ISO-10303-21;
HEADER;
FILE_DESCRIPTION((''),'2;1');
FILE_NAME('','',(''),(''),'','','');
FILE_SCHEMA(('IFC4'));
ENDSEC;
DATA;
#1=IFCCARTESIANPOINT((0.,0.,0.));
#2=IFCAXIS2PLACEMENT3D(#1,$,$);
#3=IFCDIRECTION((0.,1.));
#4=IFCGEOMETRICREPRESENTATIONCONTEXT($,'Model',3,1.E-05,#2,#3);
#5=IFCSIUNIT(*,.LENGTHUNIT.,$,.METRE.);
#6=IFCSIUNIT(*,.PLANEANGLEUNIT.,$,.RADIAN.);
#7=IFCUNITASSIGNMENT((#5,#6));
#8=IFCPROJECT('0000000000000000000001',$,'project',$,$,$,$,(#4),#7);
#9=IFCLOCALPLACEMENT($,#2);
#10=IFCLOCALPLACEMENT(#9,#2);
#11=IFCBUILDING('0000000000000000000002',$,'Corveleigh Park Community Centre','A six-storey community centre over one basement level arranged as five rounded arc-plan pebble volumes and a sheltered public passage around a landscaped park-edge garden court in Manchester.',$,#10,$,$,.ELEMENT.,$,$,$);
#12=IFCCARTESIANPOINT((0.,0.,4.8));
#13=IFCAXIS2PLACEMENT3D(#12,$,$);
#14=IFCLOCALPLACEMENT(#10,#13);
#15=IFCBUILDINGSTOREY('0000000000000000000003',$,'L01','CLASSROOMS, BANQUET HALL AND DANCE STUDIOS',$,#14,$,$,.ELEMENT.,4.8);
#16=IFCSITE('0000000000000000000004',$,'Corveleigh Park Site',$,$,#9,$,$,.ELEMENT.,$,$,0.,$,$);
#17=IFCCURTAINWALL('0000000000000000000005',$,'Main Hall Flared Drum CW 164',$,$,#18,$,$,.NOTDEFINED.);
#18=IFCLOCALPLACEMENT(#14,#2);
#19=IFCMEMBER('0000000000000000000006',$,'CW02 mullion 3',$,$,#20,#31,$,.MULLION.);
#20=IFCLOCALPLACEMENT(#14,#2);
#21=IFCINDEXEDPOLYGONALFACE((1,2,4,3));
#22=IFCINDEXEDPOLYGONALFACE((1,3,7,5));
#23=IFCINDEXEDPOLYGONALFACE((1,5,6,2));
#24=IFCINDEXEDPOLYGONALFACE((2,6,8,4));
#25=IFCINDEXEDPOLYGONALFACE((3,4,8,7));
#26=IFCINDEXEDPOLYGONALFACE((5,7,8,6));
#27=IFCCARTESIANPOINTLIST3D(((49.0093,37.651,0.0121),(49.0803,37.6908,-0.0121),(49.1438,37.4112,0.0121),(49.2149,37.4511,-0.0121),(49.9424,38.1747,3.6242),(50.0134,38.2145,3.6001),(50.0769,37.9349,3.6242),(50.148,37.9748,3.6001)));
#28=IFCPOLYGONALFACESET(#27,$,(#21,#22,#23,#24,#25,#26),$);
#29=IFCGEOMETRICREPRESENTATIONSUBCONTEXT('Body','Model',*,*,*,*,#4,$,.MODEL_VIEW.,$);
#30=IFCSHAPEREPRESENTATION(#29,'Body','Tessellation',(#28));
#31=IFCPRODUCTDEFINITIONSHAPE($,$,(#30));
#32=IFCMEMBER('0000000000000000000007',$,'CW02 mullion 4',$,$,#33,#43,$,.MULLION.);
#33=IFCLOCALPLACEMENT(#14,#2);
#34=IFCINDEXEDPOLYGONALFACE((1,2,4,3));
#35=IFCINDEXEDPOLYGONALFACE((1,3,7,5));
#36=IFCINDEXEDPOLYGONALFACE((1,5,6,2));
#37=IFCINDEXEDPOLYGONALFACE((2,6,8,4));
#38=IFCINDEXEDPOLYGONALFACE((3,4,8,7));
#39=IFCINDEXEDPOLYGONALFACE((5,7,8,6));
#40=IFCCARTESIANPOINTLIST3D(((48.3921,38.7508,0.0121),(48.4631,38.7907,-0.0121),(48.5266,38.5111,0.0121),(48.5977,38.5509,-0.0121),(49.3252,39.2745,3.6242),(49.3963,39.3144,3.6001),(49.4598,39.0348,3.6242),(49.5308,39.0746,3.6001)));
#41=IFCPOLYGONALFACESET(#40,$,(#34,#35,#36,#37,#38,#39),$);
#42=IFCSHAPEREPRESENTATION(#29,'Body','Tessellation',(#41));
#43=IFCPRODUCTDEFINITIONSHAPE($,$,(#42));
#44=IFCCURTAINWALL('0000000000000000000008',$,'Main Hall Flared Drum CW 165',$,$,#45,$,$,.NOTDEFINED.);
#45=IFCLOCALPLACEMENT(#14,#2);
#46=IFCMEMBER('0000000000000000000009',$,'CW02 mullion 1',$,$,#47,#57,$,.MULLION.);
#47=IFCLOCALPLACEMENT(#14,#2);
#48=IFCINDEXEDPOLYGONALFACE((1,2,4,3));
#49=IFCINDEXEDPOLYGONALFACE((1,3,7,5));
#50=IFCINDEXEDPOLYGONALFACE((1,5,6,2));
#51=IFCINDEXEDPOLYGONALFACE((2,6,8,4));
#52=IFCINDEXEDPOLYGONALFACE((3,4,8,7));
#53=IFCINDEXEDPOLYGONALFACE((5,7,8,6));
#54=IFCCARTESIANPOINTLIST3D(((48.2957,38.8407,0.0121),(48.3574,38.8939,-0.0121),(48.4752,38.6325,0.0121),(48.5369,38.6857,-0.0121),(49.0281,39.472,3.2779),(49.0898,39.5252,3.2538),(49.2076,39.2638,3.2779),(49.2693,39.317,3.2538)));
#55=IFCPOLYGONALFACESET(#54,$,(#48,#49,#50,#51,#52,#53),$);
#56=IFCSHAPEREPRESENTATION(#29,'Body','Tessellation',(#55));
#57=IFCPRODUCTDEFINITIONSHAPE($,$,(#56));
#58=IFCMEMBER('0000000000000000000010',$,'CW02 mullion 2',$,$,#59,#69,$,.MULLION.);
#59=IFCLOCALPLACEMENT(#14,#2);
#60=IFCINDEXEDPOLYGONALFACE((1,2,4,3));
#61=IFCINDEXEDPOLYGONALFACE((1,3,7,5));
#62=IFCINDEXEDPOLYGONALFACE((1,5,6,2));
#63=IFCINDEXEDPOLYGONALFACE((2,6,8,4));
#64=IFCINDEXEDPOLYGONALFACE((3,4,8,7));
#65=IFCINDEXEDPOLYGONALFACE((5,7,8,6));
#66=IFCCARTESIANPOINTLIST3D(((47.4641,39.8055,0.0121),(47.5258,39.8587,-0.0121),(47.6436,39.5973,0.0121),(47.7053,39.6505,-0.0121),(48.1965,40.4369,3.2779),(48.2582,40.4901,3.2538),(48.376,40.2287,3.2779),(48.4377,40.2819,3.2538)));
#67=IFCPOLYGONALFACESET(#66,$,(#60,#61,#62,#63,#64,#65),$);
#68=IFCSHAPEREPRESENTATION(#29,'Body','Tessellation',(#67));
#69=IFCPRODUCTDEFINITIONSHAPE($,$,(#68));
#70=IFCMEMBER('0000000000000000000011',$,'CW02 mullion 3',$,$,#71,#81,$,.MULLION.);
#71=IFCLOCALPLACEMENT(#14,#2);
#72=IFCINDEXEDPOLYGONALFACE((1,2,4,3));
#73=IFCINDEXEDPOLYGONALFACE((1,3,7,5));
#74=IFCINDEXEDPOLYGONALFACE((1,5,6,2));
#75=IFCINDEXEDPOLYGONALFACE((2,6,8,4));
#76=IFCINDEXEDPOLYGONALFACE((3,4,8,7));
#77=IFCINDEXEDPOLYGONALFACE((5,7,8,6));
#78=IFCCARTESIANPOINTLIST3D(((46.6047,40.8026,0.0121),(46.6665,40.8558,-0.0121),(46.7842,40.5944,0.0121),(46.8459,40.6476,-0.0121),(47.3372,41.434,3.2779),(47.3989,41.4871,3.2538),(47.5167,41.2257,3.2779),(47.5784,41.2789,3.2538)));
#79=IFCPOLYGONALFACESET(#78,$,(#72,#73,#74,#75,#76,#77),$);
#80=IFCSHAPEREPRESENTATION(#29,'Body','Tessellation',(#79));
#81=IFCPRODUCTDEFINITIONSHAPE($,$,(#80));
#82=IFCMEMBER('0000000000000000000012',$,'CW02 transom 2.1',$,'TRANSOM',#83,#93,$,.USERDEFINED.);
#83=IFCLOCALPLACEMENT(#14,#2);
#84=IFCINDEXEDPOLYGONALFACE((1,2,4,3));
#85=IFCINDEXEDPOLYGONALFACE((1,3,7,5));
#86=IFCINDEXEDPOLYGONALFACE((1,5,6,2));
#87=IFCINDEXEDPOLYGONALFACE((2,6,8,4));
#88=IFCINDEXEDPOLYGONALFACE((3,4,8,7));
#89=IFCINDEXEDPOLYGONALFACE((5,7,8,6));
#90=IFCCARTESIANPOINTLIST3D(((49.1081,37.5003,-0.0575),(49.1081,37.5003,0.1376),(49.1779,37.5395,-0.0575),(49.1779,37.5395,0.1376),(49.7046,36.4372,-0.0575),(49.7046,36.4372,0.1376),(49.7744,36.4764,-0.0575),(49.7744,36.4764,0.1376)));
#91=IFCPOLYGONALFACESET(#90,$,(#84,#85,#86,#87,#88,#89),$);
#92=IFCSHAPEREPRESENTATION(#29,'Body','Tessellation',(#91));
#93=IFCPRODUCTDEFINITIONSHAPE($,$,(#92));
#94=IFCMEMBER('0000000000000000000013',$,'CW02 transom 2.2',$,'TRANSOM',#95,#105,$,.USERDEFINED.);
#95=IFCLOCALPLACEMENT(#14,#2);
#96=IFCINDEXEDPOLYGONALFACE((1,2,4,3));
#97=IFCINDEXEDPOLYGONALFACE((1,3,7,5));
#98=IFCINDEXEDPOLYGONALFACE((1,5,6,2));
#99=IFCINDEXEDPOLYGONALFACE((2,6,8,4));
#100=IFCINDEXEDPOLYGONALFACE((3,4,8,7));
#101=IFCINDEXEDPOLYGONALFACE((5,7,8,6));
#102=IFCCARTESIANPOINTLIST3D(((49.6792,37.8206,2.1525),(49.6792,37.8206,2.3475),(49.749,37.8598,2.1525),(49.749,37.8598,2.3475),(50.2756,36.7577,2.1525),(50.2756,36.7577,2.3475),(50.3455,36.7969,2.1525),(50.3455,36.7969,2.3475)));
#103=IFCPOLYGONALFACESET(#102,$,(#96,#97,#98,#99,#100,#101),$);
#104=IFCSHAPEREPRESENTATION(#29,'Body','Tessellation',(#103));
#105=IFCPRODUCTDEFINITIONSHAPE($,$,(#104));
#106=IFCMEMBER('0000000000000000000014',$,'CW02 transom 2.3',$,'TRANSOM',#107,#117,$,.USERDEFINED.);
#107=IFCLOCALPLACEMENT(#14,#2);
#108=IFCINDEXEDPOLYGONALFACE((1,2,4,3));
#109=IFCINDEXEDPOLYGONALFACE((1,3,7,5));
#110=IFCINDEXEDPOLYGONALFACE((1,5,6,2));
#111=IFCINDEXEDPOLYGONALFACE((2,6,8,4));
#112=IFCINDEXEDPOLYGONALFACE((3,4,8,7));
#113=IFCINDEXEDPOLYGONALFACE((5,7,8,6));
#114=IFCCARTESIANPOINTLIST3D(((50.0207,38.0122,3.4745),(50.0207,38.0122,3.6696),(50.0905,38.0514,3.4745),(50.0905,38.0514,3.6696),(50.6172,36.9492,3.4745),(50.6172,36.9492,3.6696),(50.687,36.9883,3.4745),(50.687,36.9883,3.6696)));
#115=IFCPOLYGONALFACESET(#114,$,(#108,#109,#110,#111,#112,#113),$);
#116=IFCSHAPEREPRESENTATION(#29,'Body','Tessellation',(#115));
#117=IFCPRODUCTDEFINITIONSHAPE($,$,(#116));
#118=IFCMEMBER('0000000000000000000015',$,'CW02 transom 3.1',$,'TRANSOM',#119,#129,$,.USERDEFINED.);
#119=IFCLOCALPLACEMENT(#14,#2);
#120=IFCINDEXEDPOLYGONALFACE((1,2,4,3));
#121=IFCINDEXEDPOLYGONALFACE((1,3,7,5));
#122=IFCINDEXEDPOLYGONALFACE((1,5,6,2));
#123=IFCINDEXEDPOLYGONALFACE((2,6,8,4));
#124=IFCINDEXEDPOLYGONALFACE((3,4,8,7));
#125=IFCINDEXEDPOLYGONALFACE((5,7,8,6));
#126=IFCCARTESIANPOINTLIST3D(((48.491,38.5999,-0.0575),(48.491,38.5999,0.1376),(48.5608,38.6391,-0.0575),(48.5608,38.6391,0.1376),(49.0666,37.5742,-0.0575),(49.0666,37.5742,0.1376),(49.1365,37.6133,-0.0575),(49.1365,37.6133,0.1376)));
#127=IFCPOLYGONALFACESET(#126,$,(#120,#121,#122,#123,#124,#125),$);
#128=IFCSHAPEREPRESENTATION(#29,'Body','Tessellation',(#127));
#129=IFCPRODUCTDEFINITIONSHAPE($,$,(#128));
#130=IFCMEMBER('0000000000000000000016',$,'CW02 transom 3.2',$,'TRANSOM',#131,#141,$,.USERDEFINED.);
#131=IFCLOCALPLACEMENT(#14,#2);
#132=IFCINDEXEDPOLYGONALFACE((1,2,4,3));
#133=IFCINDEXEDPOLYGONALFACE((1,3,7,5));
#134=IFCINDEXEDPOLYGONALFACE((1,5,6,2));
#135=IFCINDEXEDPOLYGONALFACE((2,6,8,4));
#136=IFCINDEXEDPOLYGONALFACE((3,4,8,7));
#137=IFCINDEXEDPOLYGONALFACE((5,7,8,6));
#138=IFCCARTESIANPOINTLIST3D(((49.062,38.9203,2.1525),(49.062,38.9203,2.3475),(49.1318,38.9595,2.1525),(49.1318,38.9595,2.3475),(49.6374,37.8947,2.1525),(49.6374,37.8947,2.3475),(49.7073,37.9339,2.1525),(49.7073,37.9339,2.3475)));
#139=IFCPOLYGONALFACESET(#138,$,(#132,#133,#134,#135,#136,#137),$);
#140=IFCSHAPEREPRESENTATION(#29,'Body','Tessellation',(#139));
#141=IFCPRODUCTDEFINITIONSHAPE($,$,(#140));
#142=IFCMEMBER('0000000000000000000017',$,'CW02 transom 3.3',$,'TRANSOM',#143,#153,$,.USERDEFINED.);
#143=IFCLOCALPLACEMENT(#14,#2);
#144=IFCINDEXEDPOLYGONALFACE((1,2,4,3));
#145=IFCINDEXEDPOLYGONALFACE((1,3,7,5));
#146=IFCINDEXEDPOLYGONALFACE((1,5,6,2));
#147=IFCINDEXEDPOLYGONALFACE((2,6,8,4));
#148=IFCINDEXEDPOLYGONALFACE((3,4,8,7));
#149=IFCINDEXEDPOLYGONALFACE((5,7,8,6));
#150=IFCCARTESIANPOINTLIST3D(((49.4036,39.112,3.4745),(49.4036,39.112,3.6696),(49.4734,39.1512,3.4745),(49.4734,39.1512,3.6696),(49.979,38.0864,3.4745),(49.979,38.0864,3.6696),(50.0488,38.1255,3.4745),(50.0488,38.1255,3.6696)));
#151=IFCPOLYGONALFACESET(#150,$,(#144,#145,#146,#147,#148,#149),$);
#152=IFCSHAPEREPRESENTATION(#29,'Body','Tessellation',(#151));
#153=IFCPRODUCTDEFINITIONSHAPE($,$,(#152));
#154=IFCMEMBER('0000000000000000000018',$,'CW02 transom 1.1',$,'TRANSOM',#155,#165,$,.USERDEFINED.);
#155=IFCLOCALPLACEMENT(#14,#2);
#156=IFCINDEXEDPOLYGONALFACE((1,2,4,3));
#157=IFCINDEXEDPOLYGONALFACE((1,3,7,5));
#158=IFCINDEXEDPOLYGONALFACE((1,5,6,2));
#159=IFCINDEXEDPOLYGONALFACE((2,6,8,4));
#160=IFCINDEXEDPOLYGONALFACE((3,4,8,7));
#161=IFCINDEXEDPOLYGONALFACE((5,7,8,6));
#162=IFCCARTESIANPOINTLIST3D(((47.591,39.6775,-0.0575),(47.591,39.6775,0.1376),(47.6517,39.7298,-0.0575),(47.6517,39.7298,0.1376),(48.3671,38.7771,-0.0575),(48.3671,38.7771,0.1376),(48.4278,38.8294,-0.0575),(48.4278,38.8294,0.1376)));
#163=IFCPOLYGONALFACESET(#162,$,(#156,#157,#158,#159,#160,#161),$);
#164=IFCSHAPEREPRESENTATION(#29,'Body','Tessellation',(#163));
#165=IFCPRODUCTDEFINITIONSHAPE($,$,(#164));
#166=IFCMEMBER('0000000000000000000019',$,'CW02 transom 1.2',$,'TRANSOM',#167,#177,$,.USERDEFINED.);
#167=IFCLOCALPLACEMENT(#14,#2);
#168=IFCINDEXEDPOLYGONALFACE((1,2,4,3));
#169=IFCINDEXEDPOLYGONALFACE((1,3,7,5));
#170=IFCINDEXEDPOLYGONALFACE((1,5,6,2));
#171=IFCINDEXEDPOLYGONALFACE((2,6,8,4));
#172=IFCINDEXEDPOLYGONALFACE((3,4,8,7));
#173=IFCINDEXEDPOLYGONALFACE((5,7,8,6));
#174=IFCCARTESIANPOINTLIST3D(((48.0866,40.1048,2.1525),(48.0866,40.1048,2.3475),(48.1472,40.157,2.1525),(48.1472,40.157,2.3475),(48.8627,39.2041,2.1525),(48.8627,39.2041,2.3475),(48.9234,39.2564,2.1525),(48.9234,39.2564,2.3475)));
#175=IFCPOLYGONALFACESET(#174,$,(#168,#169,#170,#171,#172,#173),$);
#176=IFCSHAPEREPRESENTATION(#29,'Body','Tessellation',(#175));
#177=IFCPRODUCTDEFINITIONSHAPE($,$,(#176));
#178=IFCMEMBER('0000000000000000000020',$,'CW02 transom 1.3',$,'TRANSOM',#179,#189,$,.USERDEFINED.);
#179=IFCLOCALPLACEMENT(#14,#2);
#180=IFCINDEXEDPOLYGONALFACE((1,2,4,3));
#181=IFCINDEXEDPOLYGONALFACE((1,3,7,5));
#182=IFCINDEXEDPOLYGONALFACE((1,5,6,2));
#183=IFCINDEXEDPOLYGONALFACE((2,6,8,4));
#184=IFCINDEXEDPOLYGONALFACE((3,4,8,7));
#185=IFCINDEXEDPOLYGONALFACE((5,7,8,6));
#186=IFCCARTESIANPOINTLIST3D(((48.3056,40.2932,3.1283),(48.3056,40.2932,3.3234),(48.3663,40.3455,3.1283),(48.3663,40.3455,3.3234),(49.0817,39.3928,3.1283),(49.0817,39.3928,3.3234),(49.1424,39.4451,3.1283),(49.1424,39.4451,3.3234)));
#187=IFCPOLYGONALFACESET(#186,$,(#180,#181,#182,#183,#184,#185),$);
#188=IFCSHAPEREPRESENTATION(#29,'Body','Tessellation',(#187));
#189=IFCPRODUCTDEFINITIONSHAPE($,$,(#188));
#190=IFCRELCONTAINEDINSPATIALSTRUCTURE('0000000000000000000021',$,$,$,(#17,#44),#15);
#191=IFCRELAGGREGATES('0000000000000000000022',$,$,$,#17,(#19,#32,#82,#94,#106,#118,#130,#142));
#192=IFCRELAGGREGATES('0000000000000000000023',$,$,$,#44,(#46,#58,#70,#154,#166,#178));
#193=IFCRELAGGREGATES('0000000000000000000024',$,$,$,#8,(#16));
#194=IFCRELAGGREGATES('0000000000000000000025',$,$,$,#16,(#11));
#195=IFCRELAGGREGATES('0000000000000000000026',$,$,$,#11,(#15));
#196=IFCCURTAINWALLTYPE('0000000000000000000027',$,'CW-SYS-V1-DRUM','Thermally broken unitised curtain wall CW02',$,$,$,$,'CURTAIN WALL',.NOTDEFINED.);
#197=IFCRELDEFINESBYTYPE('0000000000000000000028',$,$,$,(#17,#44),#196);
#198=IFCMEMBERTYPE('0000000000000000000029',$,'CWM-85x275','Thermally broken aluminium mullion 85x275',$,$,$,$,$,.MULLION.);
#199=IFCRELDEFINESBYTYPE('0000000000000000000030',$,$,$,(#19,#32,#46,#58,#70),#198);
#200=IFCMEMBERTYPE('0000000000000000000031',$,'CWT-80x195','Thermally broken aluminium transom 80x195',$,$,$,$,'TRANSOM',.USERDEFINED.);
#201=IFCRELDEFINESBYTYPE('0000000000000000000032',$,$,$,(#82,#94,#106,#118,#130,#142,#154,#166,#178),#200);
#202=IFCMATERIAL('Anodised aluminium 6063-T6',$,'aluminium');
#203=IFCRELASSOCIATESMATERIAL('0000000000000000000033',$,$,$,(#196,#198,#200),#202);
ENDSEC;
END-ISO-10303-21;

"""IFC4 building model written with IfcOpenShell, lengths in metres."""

from ifc_helpers import new_model, si_unit, direction, frame, origin, origin_2d, place, context, subcontext, project, spatial, rectangle, extrude, material, material_profile, profile_set, type_object, element, aggregate, save


model = new_model("IFC4")

# Units and contexts
model_context = context("Model", 3, precision=1e-05, world=origin(), true_north=direction((0.0, 1.0)))
body_context = subcontext(model_context, "Body", "Model", "MODEL_VIEW")
ifc_project = project(units=[si_unit("LENGTHUNIT", "METRE"), si_unit("PLANEANGLEUNIT", "RADIAN")], contexts=[model_context])

# Site, building, storey
site_placement = place(None, origin())
site = spatial("IfcSite", under=ifc_project, at=site_placement, Name="Corveleigh Park Site", CompositionType="ELEMENT", RefElevation=0.0)
building_placement = place(site_placement, origin())
building = spatial("IfcBuilding", under=site, at=building_placement, Name="Corveleigh Park Community Centre", Description="A six-storey community centre over one basement level arranged as five rounded arc-plan pebble volumes and a sheltered public passage around a landscaped park-edge garden court in Manchester.", CompositionType="ELEMENT")
storey_placement = place(building_placement, frame((0.0, 0.0, 4.8)))
storey = spatial("IfcBuildingStorey", under=building, at=storey_placement, Name="L01", Description="CLASSROOMS, BANQUET HALL AND DANCE STUDIOS", CompositionType="ELEMENT", Elevation=4.8)

# Curtain walls, members
ifc_material_1 = material(Name="Anodised aluminium 6063-T6", Category="aluminium")
curtain_wall_type = type_object("IfcCurtainWallType", Name="CW-SYS-V1-DRUM", Description="Thermally broken unitised curtain wall CW02", ElementType="CURTAIN WALL", PredefinedType="NOTDEFINED", material=ifc_material_1)
curtain_wall_1_placement = place(storey_placement, origin())
curtain_wall_1 = element("IfcCurtainWall", 1, at=curtain_wall_1_placement, inside=storey, type_object=curtain_wall_type, Name="Main Hall Flared Drum CW 164", PredefinedType="NOTDEFINED")
ifc_material_profile_1 = material_profile(ifc_material_1, rectangle(XDim=0.085, YDim=0.2749, at=origin_2d()), Name="ALU-M85x275", Category="aluminium")
ifc_profile_set_1 = profile_set([ifc_material_profile_1], Name="Anodised aluminium 6063-T6")
member_type_1 = type_object("IfcMemberType", Name="CWM-85x275", Description="Thermally broken aluminium mullion 85x275", PredefinedType="MULLION", material=ifc_profile_set_1)
member_1_placement = place(storey_placement, frame((49.1121, 37.551, 0.0), z_axis=(0.247691, 0.13901, 0.958815), x_axis=(-0.836135, -0.469259, 0.284033)))
member_1 = element("IfcMember", 2, at=member_1_placement, type_object=member_type_1, Name="CW02 mullion 3", PredefinedType="MULLION", context=body_context, shape_type="SweptSolid", body=[
    extrude(rectangle(XDim=0.085, YDim=0.2749, at=origin_2d()), origin(), (0.0, 0.0, 1.0), 3.7673),
])
member_2_placement = place(storey_placement, frame((48.4949, 38.6509, 0.0), z_axis=(0.247691, 0.13901, 0.958815), x_axis=(-0.836135, -0.469259, 0.284033)))
member_2 = element("IfcMember", 3, at=member_2_placement, type_object=member_type_1, Name="CW02 mullion 4", PredefinedType="MULLION", context=body_context, shape_type="SweptSolid", body=[
    extrude(rectangle(XDim=0.085, YDim=0.2749, at=origin_2d()), origin(), (0.0, 0.0, 1.0), 3.7673),
])
curtain_wall_2_placement = place(storey_placement, origin())
curtain_wall_2 = element("IfcCurtainWall", 4, at=curtain_wall_2_placement, inside=storey, type_object=curtain_wall_type, Name="Main Hall Flared Drum CW 165", PredefinedType="NOTDEFINED")
member_3_placement = place(storey_placement, frame((48.4163, 38.7632, 0.0), z_axis=(0.215038, 0.185363, 0.958853), x_axis=(-0.72627, -0.626045, 0.283902)))
member_3 = element("IfcMember", 5, at=member_3_placement, type_object=member_type_1, Name="CW02 mullion 1", PredefinedType="MULLION", context=body_context, shape_type="SweptSolid", body=[
    extrude(rectangle(XDim=0.085, YDim=0.2749, at=origin_2d()), origin(), (0.0, 0.0, 1.0), 3.406),
])
member_4_placement = place(storey_placement, frame((47.5847, 39.728, 0.0), z_axis=(0.215038, 0.185363, 0.958853), x_axis=(-0.72627, -0.626045, 0.283902)))
member_4 = element("IfcMember", 6, at=member_4_placement, type_object=member_type_1, Name="CW02 mullion 2", PredefinedType="MULLION", context=body_context, shape_type="SweptSolid", body=[
    extrude(rectangle(XDim=0.085, YDim=0.2749, at=origin_2d()), origin(), (0.0, 0.0, 1.0), 3.406),
])
member_5_placement = place(storey_placement, frame((46.7253, 40.7251, 0.0), z_axis=(0.215038, 0.185363, 0.958853), x_axis=(-0.72627, -0.626045, 0.283902)))
member_5 = element("IfcMember", 7, at=member_5_placement, type_object=member_type_1, Name="CW02 mullion 3", PredefinedType="MULLION", context=body_context, shape_type="SweptSolid", body=[
    extrude(rectangle(XDim=0.085, YDim=0.2749, at=origin_2d()), origin(), (0.0, 0.0, 1.0), 3.406),
])

# Members
ifc_material_profile_2 = material_profile(ifc_material_1, rectangle(XDim=0.0801, YDim=0.1951, at=origin_2d()), Name="ALU-T80x195", Category="aluminium")
ifc_profile_set_2 = profile_set([ifc_material_profile_2], Name="Anodised aluminium 6063-T6")
member_type_2 = type_object("IfcMemberType", Name="CWT-80x195", Description="Thermally broken aluminium transom 80x195", ElementType="TRANSOM", PredefinedType="USERDEFINED", material=ifc_profile_set_2)
member_6_placement = place(storey_placement, frame((49.7395, 36.4568, 0.04), z_axis=(-0.489329, 0.872099, 0.0), x_axis=(-0.872099, -0.489329, 0.0)))
member_6 = element("IfcMember", 8, at=member_6_placement, type_object=member_type_2, Name="CW02 transom 2.1", ObjectType="TRANSOM", PredefinedType="USERDEFINED", context=body_context, shape_type="SweptSolid", body=[
    extrude(rectangle(XDim=0.0801, YDim=0.1951, at=origin_2d()), origin(), (0.0, 0.0, 1.0), 1.219),
])
member_7_placement = place(storey_placement, frame((50.3105, 36.7773, 2.25), z_axis=(-0.489414, 0.872051, 0.0), x_axis=(-0.872051, -0.489414, 0.0)))
member_7 = element("IfcMember", 9, at=member_7_placement, type_object=member_type_2, Name="CW02 transom 2.2", ObjectType="TRANSOM", PredefinedType="USERDEFINED", context=body_context, shape_type="SweptSolid", body=[
    extrude(rectangle(XDim=0.0801, YDim=0.1951, at=origin_2d()), origin(), (0.0, 0.0, 1.0), 1.2188),
])
member_8_placement = place(storey_placement, frame((50.6521, 36.9688, 3.572), z_axis=(-0.489329, 0.872099, 0.0), x_axis=(-0.872099, -0.489329, 0.0)))
member_8 = element("IfcMember", 10, at=member_8_placement, type_object=member_type_2, Name="CW02 transom 2.3", ObjectType="TRANSOM", PredefinedType="USERDEFINED", context=body_context, shape_type="SweptSolid", body=[
    extrude(rectangle(XDim=0.0801, YDim=0.1951, at=origin_2d()), origin(), (0.0, 0.0, 1.0), 1.219),
])
member_9_placement = place(storey_placement, frame((49.1016, 37.5938, 0.04), z_axis=(-0.489374, 0.872074, 0.0), x_axis=(-0.872074, -0.489374, 0.0)))
member_9 = element("IfcMember", 11, at=member_9_placement, type_object=member_type_2, Name="CW02 transom 3.1", ObjectType="TRANSOM", PredefinedType="USERDEFINED", context=body_context, shape_type="SweptSolid", body=[
    extrude(rectangle(XDim=0.0801, YDim=0.1951, at=origin_2d()), origin(), (0.0, 0.0, 1.0), 1.1763),
])
member_10_placement = place(storey_placement, frame((49.6724, 37.9143, 2.25), z_axis=(-0.489305, 0.872113, 0.0), x_axis=(-0.872113, -0.489305, 0.0)))
member_10 = element("IfcMember", 12, at=member_10_placement, type_object=member_type_2, Name="CW02 transom 3.2", ObjectType="TRANSOM", PredefinedType="USERDEFINED", context=body_context, shape_type="SweptSolid", body=[
    extrude(rectangle(XDim=0.0801, YDim=0.1951, at=origin_2d()), origin(), (0.0, 0.0, 1.0), 1.176),
])
member_11_placement = place(storey_placement, frame((50.0139, 38.106, 3.572), z_axis=(-0.489305, 0.872113, 0.0), x_axis=(-0.872113, -0.489305, 0.0)))
member_11 = element("IfcMember", 13, at=member_11_placement, type_object=member_type_2, Name="CW02 transom 3.3", ObjectType="TRANSOM", PredefinedType="USERDEFINED", context=body_context, shape_type="SweptSolid", body=[
    extrude(rectangle(XDim=0.0801, YDim=0.1951, at=origin_2d()), origin(), (0.0, 0.0, 1.0), 1.176),
])
member_12_placement = place(storey_placement, frame((48.3975, 38.8032, 0.04), z_axis=(-0.652903, 0.757441, 0.0), x_axis=(-0.757441, -0.652903, 0.0)))
member_12 = element("IfcMember", 14, at=member_12_placement, type_object=member_type_2, Name="CW02 transom 1.1", ObjectType="TRANSOM", PredefinedType="USERDEFINED", context=body_context, shape_type="SweptSolid", body=[
    extrude(rectangle(XDim=0.0801, YDim=0.1951, at=origin_2d()), origin(), (0.0, 0.0, 1.0), 1.1887),
])
member_13_placement = place(storey_placement, frame((48.8931, 39.2302, 2.25), z_axis=(-0.652801, 0.757529, 0.0), x_axis=(-0.757529, -0.652801, 0.0)))
member_13 = element("IfcMember", 15, at=member_13_placement, type_object=member_type_2, Name="CW02 transom 1.2", ObjectType="TRANSOM", PredefinedType="USERDEFINED", context=body_context, shape_type="SweptSolid", body=[
    extrude(rectangle(XDim=0.0801, YDim=0.1951, at=origin_2d()), origin(), (0.0, 0.0, 1.0), 1.189),
])
member_14_placement = place(storey_placement, frame((49.1121, 39.4189, 3.2258), z_axis=(-0.652903, 0.757441, 0.0), x_axis=(-0.757441, -0.652903, 0.0)))
member_14 = element("IfcMember", 16, at=member_14_placement, type_object=member_type_2, Name="CW02 transom 1.3", ObjectType="TRANSOM", PredefinedType="USERDEFINED", context=body_context, shape_type="SweptSolid", body=[
    extrude(rectangle(XDim=0.0801, YDim=0.1951, at=origin_2d()), origin(), (0.0, 0.0, 1.0), 1.1887),
])

aggregate(curtain_wall_1, [member_1, member_2, member_6, member_7, member_8, member_9, member_10, member_11])
aggregate(curtain_wall_2, [member_3, member_4, member_5, member_12, member_13, member_14])

save(model, "model.ifc")
